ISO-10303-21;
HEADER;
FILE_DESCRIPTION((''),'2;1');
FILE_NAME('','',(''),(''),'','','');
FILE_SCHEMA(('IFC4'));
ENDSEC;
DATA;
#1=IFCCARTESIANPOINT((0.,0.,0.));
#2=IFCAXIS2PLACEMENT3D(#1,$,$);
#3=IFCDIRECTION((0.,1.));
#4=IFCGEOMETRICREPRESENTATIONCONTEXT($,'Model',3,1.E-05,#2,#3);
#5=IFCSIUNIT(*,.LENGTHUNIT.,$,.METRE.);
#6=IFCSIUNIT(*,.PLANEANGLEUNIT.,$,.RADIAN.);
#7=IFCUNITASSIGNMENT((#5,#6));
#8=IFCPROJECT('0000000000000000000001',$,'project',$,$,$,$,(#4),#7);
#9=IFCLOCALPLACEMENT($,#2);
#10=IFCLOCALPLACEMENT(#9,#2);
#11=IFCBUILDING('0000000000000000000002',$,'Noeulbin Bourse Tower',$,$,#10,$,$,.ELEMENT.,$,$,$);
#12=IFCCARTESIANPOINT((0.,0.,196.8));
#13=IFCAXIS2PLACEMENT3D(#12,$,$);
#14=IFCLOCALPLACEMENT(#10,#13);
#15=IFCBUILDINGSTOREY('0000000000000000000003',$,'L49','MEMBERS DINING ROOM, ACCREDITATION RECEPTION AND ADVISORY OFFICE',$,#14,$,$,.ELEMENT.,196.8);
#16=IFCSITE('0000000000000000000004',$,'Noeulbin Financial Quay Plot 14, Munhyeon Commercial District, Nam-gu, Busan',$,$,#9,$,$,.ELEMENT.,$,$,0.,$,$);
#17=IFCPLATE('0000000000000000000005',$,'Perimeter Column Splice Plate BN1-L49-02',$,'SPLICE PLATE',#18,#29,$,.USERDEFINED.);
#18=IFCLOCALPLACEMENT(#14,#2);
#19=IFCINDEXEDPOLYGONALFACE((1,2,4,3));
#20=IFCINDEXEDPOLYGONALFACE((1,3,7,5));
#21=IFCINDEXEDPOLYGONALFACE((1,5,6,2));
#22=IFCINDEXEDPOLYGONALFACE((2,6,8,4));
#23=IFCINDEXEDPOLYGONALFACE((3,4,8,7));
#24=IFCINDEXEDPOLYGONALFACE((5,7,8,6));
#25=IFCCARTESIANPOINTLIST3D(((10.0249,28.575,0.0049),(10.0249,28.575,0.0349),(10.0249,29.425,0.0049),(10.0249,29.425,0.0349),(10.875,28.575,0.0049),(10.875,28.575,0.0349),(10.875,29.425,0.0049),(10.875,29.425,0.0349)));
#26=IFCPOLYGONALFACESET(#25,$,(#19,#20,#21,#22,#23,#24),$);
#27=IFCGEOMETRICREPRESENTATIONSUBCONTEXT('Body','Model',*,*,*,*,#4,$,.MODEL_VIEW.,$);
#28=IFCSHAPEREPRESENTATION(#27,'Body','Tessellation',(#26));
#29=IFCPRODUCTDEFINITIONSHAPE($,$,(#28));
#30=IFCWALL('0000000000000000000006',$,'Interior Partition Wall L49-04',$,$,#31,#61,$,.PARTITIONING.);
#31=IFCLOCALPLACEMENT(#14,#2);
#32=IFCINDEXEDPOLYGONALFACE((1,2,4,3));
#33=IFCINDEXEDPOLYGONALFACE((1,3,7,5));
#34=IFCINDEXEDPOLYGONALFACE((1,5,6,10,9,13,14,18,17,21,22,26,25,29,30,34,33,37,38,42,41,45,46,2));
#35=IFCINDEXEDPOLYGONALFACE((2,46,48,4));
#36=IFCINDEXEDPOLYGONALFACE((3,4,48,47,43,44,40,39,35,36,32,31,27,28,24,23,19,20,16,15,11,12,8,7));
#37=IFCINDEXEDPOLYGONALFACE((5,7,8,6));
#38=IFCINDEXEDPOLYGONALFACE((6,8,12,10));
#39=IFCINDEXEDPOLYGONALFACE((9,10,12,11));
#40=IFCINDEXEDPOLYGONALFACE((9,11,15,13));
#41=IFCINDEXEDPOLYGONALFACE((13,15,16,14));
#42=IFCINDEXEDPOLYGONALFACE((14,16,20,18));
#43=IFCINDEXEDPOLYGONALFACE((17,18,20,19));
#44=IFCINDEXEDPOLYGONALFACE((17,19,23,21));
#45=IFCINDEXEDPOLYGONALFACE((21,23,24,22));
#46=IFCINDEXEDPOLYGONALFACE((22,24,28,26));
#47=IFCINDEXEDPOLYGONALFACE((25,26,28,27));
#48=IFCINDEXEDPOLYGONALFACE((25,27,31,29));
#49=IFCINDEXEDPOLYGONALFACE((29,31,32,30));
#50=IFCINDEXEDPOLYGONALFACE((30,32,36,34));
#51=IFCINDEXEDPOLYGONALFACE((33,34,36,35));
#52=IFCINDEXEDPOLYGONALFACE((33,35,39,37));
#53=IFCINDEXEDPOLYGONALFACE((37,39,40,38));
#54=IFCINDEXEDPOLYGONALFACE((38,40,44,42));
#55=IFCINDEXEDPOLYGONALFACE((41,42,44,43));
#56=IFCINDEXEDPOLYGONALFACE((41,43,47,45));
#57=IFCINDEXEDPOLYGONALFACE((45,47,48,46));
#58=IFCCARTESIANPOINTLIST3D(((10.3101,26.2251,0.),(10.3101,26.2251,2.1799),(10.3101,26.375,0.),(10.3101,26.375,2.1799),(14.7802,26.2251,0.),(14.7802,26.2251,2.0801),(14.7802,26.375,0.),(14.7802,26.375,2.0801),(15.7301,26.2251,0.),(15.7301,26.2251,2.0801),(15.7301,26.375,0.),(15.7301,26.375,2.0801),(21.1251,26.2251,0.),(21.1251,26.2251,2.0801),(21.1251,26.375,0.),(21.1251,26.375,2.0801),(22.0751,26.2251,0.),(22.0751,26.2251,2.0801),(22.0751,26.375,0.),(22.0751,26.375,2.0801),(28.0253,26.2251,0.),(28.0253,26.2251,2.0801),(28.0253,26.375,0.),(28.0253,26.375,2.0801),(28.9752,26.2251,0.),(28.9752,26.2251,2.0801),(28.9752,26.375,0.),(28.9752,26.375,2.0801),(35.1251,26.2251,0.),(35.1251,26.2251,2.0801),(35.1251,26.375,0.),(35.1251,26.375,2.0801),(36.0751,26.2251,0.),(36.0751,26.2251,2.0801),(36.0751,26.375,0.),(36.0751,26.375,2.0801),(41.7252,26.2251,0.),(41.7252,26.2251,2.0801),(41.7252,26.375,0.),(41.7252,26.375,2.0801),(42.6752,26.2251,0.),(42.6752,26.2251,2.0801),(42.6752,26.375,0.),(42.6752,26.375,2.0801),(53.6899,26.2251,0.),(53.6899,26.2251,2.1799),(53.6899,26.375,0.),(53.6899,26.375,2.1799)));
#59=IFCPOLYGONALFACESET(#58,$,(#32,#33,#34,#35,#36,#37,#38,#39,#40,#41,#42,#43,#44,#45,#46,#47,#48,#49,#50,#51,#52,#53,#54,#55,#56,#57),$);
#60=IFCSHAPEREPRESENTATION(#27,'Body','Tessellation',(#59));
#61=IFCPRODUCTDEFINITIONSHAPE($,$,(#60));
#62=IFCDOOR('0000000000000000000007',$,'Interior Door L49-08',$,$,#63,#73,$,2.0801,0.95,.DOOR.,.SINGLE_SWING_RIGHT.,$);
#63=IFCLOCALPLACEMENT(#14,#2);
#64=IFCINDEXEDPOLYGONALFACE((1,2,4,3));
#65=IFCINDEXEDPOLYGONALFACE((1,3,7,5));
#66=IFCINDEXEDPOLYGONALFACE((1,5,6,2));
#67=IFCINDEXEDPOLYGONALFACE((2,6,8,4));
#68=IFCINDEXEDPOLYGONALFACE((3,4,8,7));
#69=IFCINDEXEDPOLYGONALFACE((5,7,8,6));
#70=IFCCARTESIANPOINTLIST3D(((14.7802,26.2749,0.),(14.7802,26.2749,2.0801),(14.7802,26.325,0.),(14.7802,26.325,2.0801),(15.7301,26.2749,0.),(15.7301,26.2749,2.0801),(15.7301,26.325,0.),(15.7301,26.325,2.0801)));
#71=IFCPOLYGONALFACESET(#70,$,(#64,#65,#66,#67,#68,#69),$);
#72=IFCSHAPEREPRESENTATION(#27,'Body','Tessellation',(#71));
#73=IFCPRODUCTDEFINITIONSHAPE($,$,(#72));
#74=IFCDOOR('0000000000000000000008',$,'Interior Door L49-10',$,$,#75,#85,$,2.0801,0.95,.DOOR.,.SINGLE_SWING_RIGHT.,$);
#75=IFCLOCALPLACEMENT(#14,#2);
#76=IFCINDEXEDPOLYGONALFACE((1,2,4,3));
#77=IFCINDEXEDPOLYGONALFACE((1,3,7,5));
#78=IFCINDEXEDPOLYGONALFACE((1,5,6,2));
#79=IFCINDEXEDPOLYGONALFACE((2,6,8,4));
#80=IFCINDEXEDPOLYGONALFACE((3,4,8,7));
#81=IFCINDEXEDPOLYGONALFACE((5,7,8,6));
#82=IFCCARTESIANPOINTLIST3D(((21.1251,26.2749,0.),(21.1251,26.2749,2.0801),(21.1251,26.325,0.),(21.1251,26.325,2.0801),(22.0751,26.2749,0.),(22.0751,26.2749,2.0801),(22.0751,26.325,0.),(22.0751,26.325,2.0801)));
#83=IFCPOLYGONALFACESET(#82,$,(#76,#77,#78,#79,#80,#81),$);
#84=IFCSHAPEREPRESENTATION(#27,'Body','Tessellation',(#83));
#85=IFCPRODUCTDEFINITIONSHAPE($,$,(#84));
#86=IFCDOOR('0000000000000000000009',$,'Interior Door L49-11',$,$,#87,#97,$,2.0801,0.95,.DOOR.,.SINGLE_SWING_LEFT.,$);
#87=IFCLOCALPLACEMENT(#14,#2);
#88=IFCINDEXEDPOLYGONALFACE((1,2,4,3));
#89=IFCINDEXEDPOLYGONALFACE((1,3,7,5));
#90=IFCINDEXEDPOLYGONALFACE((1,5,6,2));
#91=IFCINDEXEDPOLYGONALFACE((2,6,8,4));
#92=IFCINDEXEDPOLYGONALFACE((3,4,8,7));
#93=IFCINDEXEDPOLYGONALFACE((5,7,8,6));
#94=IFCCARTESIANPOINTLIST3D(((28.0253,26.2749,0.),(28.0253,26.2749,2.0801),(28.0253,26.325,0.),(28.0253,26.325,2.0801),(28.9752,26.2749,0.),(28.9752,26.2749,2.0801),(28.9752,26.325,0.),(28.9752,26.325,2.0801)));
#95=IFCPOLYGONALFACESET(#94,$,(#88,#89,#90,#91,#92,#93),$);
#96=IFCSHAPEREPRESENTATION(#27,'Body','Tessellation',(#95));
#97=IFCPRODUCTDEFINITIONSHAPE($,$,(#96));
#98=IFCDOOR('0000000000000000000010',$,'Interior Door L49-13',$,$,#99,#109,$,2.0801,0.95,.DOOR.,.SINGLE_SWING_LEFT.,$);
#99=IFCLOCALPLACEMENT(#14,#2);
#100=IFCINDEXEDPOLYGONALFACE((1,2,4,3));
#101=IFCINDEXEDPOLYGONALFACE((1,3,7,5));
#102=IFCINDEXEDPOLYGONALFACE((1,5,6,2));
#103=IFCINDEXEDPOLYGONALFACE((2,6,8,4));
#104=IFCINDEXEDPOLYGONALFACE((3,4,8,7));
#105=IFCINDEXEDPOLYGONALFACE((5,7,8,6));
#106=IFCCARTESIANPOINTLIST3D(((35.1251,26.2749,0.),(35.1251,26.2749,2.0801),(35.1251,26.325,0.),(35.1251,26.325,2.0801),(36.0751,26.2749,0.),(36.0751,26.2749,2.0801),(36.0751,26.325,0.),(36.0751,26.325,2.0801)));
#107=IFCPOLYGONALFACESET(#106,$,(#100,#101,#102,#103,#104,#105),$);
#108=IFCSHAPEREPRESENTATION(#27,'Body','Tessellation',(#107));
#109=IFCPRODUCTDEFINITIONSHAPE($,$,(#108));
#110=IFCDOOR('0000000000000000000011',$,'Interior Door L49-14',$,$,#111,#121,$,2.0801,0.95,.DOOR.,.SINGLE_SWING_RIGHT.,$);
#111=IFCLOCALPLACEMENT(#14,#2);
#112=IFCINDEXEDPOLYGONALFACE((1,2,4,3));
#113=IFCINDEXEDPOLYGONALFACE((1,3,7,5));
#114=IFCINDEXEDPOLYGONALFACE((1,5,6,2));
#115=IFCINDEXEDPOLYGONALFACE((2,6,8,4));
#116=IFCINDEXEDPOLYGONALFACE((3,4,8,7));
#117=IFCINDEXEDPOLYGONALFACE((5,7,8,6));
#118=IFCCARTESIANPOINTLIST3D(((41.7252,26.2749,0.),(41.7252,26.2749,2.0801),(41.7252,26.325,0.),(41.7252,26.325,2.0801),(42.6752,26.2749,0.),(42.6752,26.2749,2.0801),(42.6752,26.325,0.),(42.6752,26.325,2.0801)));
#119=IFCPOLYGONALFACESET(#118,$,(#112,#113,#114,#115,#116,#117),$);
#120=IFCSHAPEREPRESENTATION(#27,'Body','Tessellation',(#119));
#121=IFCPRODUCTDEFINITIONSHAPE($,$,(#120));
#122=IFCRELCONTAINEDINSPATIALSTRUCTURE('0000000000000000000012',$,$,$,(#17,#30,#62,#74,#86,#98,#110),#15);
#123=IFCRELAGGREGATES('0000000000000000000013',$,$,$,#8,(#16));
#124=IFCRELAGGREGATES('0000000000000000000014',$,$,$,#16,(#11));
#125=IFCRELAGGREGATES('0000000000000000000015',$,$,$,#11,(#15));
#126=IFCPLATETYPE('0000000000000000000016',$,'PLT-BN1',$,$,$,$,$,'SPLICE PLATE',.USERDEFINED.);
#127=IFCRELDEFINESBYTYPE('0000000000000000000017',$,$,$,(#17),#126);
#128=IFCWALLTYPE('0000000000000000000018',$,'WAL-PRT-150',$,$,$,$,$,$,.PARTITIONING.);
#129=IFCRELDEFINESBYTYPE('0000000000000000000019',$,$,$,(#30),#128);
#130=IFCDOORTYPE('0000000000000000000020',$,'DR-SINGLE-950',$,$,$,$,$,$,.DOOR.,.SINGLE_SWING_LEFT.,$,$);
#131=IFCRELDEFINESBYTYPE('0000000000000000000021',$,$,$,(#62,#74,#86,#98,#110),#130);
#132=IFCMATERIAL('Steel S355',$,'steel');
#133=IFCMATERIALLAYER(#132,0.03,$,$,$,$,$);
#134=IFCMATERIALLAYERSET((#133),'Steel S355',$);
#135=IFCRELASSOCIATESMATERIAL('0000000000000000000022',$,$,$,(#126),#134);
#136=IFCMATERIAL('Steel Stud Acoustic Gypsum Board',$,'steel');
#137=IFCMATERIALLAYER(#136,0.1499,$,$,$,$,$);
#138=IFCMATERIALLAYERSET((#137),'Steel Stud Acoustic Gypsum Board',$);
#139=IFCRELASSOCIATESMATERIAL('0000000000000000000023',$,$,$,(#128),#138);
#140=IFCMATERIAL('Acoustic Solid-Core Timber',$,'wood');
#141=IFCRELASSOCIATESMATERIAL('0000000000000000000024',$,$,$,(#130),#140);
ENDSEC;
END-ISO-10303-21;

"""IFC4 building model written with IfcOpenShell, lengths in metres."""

from ifc_helpers import new_model, si_unit, direction, frame, frame_2d, origin, origin_2d, place, context, subcontext, project, spatial, rectangle, extrude, material, layer, layer_set, type_object, element, fill, save


model = new_model("IFC4")

# Units and contexts
model_context = context("Model", 3, precision=1e-05, world=origin(), true_north=direction((0.0, 1.0)))
body_context = subcontext(model_context, "Body", "Model", "MODEL_VIEW")
ifc_project = project(units=[si_unit("LENGTHUNIT", "METRE"), si_unit("PLANEANGLEUNIT", "RADIAN")], contexts=[model_context])

# Site, building, storey
site_placement = place(None, origin())
site = spatial("IfcSite", under=ifc_project, at=site_placement, Name="Noeulbin Financial Quay Plot 14, Munhyeon Commercial District, Nam-gu, Busan", CompositionType="ELEMENT", RefElevation=0.0)
building_placement = place(site_placement, origin())
building = spatial("IfcBuilding", under=site, at=building_placement, Name="Noeulbin Bourse Tower", CompositionType="ELEMENT")
storey_placement = place(building_placement, frame((0.0, 0.0, 196.8)))
storey = spatial("IfcBuildingStorey", under=building, at=storey_placement, Name="L49", Description="MEMBERS DINING ROOM, ACCREDITATION RECEPTION AND ADVISORY OFFICE", CompositionType="ELEMENT", Elevation=196.8)

# Shared definitions
ifc_material_1 = material(Name="Steel S355", Category="steel")

# Plate
ifc_layer_1 = layer(ifc_material_1, 0.03)
ifc_layer_set_1 = layer_set([ifc_layer_1], Name="Steel S355")
plate_type_1 = type_object("IfcPlateType", Name="PLT-BN1", ElementType="SPLICE PLATE", PredefinedType="USERDEFINED", material=ifc_layer_set_1)
for number, where, z_axis, x_axis, name in (
    (1, (10.45, 29.0, 0.0049), (0.0, 0.0, 1.0), (1.0, 0.0, 0.0), "Perimeter Column Splice Plate BN1-L49-02"),
):
    element("IfcPlate", number, at=place(storey_placement, frame(where, z_axis=z_axis, x_axis=x_axis)), inside=storey, type_object=plate_type_1, Name=name, ObjectType="SPLICE PLATE", PredefinedType="USERDEFINED", context=body_context, shape_type="SweptSolid", body=[
        extrude(rectangle(XDim=0.8501, YDim=0.8501, at=origin_2d()), origin(), (0.0, 0.0, 1.0), 0.03),
    ])

# Wall, openings, doors
ifc_material_2 = material(Name="Steel Stud Acoustic Gypsum Board", Category="steel")
ifc_layer_2 = layer(ifc_material_2, 0.1499)
ifc_layer_set_2 = layer_set([ifc_layer_2], Name="Steel Stud Acoustic Gypsum Board")
wall_type = type_object("IfcWallType", Name="WAL-PRT-150", PredefinedType="PARTITIONING", material=ifc_layer_set_2)
wall_placement = place(storey_placement, frame((10.3101, 26.3, 0.0), z_axis=(0.0, 0.0, 1.0), x_axis=(1.0, 0.0, 0.0)))
wall = element("IfcWall", 2, at=wall_placement, inside=storey, type_object=wall_type, Name="Interior Partition Wall L49-04", PredefinedType="PARTITIONING", context=body_context, shape_type="SweptSolid", body=[
    extrude(rectangle(XDim=43.3799, YDim=0.1499, at=frame_2d((21.6899, 0.0))), origin(), (0.0, 0.0, 1.0), 2.1799),
])
opening_1_placement = place(wall_placement, frame((4.47, 0.0, 0.0)))
opening_1 = element("IfcOpeningElement", 3, at=opening_1_placement, cuts=wall, PredefinedType="OPENING", context=body_context, shape_type="SweptSolid", body=[
    extrude(rectangle(XDim=0.95, YDim=2.0801, at=frame_2d((0.4751, 1.04))), frame((0.0, 0.085, 0.0), z_axis=(0.0, -1.0, 0.0), x_axis=(1.0, 0.0, 0.0)), (0.0, 0.0, 1.0), 0.1699),
])
opening_2_placement = place(wall_placement, frame((10.8149, 0.0, 0.0)))
opening_2 = element("IfcOpeningElement", 4, at=opening_2_placement, cuts=wall, PredefinedType="OPENING", context=body_context, shape_type="SweptSolid", body=[
    extrude(rectangle(XDim=0.95, YDim=2.0801, at=frame_2d((0.4751, 1.04))), frame((0.0, 0.085, 0.0), z_axis=(0.0, -1.0, 0.0), x_axis=(1.0, 0.0, 0.0)), (0.0, 0.0, 1.0), 0.1699),
])
opening_3_placement = place(wall_placement, frame((17.7151, 0.0, 0.0)))
opening_3 = element("IfcOpeningElement", 5, at=opening_3_placement, cuts=wall, PredefinedType="OPENING", context=body_context, shape_type="SweptSolid", body=[
    extrude(rectangle(XDim=0.95, YDim=2.0801, at=frame_2d((0.4751, 1.04))), frame((0.0, 0.085, 0.0), z_axis=(0.0, -1.0, 0.0), x_axis=(1.0, 0.0, 0.0)), (0.0, 0.0, 1.0), 0.1699),
])
opening_4_placement = place(wall_placement, frame((24.8149, 0.0, 0.0)))
opening_4 = element("IfcOpeningElement", 6, at=opening_4_placement, cuts=wall, PredefinedType="OPENING", context=body_context, shape_type="SweptSolid", body=[
    extrude(rectangle(XDim=0.95, YDim=2.0801, at=frame_2d((0.4751, 1.04))), frame((0.0, 0.085, 0.0), z_axis=(0.0, -1.0, 0.0), x_axis=(1.0, 0.0, 0.0)), (0.0, 0.0, 1.0), 0.1699),
])
opening_5_placement = place(wall_placement, frame((31.415, 0.0, 0.0)))
opening_5 = element("IfcOpeningElement", 7, at=opening_5_placement, cuts=wall, PredefinedType="OPENING", context=body_context, shape_type="SweptSolid", body=[
    extrude(rectangle(XDim=0.95, YDim=2.0801, at=frame_2d((0.4751, 1.04))), frame((0.0, 0.085, 0.0), z_axis=(0.0, -1.0, 0.0), x_axis=(1.0, 0.0, 0.0)), (0.0, 0.0, 1.0), 0.1699),
])
ifc_material_3 = material(Name="Acoustic Solid-Core Timber", Category="wood")
door_type = type_object("IfcDoorType", Name="DR-SINGLE-950", OperationType="SINGLE_SWING_LEFT", PredefinedType="DOOR", material=ifc_material_3)
door_1_placement = place(opening_1_placement, origin())
door_1 = element("IfcDoor", 8, at=door_1_placement, inside=storey, type_object=door_type, Name="Interior Door L49-08", OperationType="SINGLE_SWING_RIGHT", OverallHeight=2.0801, OverallWidth=0.95, PredefinedType="DOOR", context=body_context, shape_type="SweptSolid", body=[
    extrude(rectangle(XDim=0.95, YDim=2.0801, at=frame_2d((0.4751, 1.04))), frame((0.0, 0.0249, 0.0), z_axis=(0.0, -1.0, 0.0), x_axis=(1.0, 0.0, 0.0)), (0.0, 0.0, 1.0), 0.05),
])
fill(opening_1, door_1)
door_2_placement = place(opening_2_placement, origin())
door_2 = element("IfcDoor", 9, at=door_2_placement, inside=storey, type_object=door_type, Name="Interior Door L49-10", OperationType="SINGLE_SWING_RIGHT", OverallHeight=2.0801, OverallWidth=0.95, PredefinedType="DOOR", context=body_context, shape_type="SweptSolid", body=[
    extrude(rectangle(XDim=0.95, YDim=2.0801, at=frame_2d((0.4751, 1.04))), frame((0.0, 0.0249, 0.0), z_axis=(0.0, -1.0, 0.0), x_axis=(1.0, 0.0, 0.0)), (0.0, 0.0, 1.0), 0.05),
])
fill(opening_2, door_2)
door_3_placement = place(opening_3_placement, origin())
door_3 = element("IfcDoor", 10, at=door_3_placement, inside=storey, type_object=door_type, Name="Interior Door L49-11", OperationType="SINGLE_SWING_LEFT", OverallHeight=2.0801, OverallWidth=0.95, PredefinedType="DOOR", context=body_context, shape_type="SweptSolid", body=[
    extrude(rectangle(XDim=0.95, YDim=2.0801, at=frame_2d((0.4751, 1.04))), frame((0.0, 0.0249, 0.0), z_axis=(0.0, -1.0, 0.0), x_axis=(1.0, 0.0, 0.0)), (0.0, 0.0, 1.0), 0.05),
])
fill(opening_3, door_3)
door_4_placement = place(opening_4_placement, origin())
door_4 = element("IfcDoor", 11, at=door_4_placement, inside=storey, type_object=door_type, Name="Interior Door L49-13", OperationType="SINGLE_SWING_LEFT", OverallHeight=2.0801, OverallWidth=0.95, PredefinedType="DOOR", context=body_context, shape_type="SweptSolid", body=[
    extrude(rectangle(XDim=0.95, YDim=2.0801, at=frame_2d((0.4751, 1.04))), frame((0.0, 0.0249, 0.0), z_axis=(0.0, -1.0, 0.0), x_axis=(1.0, 0.0, 0.0)), (0.0, 0.0, 1.0), 0.05),
])
fill(opening_4, door_4)
door_5_placement = place(opening_5_placement, origin())
door_5 = element("IfcDoor", 12, at=door_5_placement, inside=storey, type_object=door_type, Name="Interior Door L49-14", OperationType="SINGLE_SWING_RIGHT", OverallHeight=2.0801, OverallWidth=0.95, PredefinedType="DOOR", context=body_context, shape_type="SweptSolid", body=[
    extrude(rectangle(XDim=0.95, YDim=2.0801, at=frame_2d((0.4751, 1.04))), frame((0.0, 0.0249, 0.0), z_axis=(0.0, -1.0, 0.0), x_axis=(1.0, 0.0, 0.0)), (0.0, 0.0, 1.0), 0.05),
])
fill(opening_5, door_5)

save(model, "model.ifc")
